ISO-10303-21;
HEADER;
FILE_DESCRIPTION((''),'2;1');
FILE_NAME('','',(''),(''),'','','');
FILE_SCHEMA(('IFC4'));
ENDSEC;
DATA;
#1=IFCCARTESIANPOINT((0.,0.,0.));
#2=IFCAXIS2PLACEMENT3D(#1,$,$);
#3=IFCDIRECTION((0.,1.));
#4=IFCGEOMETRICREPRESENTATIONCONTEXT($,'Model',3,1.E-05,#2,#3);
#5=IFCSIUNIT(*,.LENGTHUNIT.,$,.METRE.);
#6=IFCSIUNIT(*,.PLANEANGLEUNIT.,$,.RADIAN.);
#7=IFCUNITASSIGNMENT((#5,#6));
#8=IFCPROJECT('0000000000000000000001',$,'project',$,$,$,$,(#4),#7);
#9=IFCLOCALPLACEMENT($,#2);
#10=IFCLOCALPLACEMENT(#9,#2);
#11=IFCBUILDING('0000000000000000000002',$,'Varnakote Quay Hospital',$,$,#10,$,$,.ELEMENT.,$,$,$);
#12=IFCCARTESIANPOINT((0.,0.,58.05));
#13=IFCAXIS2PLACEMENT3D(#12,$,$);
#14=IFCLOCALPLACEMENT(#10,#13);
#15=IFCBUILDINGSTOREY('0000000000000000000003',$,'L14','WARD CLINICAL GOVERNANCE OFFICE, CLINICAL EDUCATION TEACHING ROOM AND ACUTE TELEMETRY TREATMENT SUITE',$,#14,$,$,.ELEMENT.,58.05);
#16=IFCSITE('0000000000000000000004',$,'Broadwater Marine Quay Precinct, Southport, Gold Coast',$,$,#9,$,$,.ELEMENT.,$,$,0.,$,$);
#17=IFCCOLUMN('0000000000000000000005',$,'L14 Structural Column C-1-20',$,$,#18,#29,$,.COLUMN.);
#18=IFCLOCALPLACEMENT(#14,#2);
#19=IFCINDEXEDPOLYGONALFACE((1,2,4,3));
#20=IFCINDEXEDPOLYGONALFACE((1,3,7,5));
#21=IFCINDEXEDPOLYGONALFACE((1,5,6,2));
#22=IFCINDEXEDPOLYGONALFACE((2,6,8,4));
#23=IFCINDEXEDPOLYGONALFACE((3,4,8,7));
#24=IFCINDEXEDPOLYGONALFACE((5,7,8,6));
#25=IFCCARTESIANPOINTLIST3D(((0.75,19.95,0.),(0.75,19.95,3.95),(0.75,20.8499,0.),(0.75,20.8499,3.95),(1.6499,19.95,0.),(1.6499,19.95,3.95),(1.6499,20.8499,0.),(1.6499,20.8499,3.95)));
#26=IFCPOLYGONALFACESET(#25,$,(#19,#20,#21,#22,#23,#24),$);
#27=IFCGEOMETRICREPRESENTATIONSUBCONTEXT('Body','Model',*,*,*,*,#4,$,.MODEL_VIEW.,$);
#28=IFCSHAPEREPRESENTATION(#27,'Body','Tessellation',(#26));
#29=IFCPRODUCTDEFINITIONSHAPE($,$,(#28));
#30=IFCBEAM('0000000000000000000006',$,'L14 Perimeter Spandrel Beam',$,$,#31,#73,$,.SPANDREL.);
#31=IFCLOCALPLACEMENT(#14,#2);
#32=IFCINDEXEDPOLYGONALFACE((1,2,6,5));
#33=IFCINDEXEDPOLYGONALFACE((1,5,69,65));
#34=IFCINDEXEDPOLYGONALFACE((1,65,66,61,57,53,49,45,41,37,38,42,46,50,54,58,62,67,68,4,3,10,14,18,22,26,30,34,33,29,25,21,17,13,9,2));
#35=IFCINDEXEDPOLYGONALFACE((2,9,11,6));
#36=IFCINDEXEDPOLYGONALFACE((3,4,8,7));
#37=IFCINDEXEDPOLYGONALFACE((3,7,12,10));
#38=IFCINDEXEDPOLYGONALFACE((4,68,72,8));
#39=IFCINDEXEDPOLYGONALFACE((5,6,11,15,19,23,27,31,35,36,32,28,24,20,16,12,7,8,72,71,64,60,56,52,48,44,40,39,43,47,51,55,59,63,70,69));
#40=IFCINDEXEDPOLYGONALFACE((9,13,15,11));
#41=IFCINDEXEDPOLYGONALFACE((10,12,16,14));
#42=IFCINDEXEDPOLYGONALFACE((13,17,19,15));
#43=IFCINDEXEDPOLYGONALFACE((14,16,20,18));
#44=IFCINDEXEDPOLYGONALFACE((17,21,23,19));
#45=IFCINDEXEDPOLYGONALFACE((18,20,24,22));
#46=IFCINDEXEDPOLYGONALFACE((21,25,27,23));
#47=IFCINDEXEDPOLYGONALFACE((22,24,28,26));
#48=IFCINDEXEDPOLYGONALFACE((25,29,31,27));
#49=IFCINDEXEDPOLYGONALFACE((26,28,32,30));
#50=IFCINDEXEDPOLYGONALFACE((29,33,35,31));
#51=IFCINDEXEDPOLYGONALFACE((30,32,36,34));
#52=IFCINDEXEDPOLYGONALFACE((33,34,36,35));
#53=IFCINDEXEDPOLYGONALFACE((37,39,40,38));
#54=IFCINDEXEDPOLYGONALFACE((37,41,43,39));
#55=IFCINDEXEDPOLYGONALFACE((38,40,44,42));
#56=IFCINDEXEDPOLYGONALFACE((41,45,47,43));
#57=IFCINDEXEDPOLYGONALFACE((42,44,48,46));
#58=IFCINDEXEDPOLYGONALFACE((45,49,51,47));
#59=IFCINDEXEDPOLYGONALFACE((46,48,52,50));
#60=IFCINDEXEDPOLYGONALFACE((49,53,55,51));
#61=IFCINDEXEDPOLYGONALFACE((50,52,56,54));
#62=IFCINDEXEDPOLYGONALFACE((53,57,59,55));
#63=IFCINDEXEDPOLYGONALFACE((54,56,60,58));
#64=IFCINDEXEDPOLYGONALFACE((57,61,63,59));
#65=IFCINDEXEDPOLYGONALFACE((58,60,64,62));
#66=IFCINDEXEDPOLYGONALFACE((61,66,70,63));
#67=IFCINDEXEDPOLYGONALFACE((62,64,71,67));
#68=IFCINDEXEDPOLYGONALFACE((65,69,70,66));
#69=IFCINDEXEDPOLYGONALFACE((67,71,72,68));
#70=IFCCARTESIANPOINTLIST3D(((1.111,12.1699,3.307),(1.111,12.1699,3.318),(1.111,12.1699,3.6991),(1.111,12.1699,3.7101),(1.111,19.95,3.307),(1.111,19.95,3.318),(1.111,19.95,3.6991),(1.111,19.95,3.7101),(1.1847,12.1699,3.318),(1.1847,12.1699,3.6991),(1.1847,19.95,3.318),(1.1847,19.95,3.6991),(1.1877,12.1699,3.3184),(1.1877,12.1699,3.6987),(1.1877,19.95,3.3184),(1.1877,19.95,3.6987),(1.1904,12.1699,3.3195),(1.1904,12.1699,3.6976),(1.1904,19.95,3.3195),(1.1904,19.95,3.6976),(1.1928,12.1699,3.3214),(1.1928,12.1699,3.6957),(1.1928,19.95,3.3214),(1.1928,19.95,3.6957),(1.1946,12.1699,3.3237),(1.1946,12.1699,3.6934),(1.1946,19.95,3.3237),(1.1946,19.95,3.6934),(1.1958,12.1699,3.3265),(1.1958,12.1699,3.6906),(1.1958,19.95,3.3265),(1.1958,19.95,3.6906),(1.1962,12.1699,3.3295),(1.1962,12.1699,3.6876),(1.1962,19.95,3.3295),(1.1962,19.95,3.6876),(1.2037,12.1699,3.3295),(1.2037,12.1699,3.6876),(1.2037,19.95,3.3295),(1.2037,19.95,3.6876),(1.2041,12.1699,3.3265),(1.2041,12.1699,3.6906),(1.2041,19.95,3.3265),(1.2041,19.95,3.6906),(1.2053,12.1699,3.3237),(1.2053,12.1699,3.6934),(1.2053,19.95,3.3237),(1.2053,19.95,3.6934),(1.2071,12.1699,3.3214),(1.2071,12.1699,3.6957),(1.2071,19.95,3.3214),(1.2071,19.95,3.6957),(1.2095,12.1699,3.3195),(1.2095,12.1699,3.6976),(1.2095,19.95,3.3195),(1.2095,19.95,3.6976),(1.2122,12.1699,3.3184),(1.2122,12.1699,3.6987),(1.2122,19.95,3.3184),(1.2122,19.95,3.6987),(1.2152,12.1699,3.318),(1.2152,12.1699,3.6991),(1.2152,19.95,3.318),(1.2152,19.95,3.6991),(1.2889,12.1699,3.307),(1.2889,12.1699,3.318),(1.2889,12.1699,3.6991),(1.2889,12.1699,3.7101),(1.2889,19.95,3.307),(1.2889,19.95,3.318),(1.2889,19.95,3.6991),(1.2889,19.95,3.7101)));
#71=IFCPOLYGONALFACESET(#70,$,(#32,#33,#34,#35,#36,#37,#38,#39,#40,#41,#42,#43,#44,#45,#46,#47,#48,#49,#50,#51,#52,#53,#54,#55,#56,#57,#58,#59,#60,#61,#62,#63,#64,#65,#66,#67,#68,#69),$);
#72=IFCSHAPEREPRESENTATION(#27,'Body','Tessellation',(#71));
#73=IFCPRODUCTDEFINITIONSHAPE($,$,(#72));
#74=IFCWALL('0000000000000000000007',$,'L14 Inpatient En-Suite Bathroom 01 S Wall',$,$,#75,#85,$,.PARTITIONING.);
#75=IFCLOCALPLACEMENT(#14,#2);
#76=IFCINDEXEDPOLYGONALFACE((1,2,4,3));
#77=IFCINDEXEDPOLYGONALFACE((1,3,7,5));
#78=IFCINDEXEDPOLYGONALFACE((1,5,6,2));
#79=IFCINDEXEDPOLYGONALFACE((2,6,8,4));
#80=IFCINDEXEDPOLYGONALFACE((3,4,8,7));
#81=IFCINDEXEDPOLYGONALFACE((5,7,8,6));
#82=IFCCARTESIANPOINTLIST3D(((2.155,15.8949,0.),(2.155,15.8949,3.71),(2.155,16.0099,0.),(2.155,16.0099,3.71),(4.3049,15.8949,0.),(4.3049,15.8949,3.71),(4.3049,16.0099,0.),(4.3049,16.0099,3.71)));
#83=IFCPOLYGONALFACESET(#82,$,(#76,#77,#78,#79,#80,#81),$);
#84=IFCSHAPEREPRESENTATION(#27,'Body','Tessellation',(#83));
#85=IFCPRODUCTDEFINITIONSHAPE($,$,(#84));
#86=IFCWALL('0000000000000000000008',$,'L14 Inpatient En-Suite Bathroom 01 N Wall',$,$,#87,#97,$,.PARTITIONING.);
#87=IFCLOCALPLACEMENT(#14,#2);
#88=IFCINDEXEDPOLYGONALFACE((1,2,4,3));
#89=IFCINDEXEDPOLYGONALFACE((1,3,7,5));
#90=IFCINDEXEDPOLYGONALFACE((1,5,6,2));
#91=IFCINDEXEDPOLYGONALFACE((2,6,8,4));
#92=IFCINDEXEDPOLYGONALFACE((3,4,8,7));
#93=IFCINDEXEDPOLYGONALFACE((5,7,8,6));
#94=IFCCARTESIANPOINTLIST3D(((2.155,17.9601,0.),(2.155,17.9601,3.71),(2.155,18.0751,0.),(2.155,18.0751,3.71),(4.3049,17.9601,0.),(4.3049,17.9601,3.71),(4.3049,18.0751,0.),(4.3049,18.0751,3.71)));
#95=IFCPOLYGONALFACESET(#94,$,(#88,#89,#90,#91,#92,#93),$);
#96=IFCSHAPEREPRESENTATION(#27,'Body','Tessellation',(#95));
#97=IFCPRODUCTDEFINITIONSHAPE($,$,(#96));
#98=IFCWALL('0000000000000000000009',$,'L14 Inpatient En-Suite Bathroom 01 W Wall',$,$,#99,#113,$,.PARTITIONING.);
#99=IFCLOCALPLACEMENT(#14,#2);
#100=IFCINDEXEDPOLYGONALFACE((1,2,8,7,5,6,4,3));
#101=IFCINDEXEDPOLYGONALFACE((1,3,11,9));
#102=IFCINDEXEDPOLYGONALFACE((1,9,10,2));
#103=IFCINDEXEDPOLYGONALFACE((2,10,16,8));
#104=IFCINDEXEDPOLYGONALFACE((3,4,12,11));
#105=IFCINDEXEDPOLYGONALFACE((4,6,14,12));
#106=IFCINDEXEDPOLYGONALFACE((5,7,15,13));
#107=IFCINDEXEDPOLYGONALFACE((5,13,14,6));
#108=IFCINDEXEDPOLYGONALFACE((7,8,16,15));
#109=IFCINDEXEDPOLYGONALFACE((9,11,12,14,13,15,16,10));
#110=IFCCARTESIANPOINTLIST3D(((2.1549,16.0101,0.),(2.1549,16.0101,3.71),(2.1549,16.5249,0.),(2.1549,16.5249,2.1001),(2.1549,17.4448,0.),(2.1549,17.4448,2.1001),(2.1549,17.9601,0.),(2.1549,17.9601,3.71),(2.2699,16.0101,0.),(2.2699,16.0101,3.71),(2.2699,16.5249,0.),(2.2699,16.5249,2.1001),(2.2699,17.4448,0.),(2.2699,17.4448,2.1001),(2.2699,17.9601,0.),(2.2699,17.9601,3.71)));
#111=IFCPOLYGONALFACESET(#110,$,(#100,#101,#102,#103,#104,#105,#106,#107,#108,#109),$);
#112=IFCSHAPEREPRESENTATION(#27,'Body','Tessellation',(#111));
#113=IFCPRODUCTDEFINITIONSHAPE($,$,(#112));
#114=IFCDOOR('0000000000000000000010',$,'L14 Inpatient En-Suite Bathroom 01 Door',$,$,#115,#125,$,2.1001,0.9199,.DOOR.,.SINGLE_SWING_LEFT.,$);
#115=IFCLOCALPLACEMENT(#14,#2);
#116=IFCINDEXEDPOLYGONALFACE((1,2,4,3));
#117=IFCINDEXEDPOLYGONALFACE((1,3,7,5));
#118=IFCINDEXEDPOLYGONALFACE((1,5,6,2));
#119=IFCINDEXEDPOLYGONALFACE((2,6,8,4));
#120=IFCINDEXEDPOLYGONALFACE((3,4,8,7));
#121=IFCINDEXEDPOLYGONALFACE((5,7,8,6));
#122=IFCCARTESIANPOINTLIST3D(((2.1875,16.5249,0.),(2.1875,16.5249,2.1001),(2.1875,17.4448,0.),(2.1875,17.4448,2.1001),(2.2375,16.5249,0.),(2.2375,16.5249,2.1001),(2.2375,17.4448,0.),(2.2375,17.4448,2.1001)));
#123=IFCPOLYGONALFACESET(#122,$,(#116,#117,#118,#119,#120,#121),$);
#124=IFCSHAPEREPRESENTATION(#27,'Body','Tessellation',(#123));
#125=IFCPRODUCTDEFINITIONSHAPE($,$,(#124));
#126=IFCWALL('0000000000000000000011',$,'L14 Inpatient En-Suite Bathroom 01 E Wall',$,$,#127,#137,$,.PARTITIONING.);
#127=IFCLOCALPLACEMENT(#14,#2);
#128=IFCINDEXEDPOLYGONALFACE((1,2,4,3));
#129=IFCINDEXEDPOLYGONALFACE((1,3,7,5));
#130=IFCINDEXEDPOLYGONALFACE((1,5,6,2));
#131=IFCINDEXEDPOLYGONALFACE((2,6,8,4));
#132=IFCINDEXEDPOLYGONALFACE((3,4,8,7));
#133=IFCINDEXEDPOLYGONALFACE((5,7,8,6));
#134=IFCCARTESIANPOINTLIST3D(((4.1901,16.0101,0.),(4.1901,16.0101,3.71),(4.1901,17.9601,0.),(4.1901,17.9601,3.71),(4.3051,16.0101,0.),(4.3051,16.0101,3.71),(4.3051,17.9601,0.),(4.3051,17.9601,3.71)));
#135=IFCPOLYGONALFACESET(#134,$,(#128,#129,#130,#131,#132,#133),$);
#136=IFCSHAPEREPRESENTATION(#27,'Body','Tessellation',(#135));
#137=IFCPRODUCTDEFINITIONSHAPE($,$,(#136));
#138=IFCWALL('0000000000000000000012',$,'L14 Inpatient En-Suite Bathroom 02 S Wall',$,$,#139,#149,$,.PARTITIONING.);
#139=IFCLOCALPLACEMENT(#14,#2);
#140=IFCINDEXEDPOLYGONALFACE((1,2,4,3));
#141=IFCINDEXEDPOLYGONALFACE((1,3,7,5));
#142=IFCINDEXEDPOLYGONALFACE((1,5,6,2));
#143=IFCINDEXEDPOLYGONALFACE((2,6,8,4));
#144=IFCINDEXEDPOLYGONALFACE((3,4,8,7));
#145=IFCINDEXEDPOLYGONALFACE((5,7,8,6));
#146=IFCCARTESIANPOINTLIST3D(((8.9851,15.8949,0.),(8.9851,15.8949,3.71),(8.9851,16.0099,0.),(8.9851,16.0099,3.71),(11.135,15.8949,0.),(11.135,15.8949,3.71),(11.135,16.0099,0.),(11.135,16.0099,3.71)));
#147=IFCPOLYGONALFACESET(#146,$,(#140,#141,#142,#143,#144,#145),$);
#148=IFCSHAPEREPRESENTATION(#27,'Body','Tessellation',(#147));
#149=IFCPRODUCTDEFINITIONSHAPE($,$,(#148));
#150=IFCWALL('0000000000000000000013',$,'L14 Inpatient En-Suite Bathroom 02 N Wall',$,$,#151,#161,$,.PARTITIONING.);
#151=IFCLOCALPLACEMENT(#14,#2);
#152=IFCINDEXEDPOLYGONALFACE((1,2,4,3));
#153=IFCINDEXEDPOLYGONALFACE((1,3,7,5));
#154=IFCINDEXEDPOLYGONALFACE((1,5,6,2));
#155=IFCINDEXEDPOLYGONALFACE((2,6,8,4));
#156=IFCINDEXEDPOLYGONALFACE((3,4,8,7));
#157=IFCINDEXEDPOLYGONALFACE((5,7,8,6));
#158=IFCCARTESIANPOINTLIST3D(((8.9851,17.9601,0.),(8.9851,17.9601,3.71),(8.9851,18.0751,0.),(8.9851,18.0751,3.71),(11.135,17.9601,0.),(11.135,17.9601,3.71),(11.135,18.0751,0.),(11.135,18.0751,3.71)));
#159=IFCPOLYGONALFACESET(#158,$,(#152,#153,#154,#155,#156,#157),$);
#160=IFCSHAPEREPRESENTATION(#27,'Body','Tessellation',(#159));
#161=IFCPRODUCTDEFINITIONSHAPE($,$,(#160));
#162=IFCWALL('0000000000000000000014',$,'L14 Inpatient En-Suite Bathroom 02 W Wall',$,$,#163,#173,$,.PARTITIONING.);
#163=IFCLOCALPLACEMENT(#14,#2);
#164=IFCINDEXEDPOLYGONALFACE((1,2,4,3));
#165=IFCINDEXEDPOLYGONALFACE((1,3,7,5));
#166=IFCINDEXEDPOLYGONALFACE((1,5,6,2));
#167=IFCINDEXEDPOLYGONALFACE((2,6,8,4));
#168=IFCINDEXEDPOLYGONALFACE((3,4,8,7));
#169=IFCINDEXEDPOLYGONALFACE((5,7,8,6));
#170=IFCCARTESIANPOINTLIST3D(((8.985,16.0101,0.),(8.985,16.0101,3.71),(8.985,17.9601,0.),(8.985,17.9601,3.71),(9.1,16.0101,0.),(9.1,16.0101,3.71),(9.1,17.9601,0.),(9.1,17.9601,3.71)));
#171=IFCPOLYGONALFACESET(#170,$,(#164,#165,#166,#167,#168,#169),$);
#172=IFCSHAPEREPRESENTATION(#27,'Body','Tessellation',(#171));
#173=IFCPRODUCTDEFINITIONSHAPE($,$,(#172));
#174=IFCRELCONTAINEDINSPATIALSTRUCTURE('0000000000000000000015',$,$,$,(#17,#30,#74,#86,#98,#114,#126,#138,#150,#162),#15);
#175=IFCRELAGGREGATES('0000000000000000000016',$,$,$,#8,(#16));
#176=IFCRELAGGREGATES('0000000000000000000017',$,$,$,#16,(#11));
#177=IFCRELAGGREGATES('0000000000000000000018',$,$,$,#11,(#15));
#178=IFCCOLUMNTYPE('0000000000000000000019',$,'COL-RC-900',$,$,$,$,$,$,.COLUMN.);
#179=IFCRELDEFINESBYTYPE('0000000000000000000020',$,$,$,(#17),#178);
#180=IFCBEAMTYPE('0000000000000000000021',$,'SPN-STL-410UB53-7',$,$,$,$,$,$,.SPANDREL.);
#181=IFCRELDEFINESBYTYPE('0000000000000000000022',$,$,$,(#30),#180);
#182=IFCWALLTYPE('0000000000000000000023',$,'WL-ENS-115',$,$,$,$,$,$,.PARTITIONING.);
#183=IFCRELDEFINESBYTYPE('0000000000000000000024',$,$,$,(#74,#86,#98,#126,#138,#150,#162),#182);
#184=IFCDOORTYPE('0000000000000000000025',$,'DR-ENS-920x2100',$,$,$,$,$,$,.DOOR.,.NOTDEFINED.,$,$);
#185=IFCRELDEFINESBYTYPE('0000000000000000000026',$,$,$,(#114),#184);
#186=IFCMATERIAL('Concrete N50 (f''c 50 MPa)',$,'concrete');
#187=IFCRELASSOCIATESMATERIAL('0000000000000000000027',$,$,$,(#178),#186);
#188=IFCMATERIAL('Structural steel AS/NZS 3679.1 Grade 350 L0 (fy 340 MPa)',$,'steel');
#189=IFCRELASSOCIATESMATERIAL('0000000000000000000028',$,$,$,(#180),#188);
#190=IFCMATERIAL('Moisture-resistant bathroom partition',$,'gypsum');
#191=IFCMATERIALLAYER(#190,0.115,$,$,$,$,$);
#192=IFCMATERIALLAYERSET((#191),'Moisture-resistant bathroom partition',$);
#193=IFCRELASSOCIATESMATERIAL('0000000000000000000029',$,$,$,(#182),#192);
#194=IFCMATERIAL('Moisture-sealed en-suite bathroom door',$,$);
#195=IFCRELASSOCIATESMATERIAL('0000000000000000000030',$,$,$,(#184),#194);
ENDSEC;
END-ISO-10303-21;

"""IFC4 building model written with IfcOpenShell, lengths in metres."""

from ifc_helpers import new_model, si_unit, direction, frame, frame_2d, origin, origin_2d, place, context, subcontext, project, spatial, rectangle, i_section, extrude, material, layer, layer_set, material_profile, profile_set, type_object, element, fill, save


model = new_model("IFC4")

# Units and contexts
model_context = context("Model", 3, precision=1e-05, world=origin(), true_north=direction((0.0, 1.0)))
body_context = subcontext(model_context, "Body", "Model", "MODEL_VIEW")
ifc_project = project(units=[si_unit("LENGTHUNIT", "METRE"), si_unit("PLANEANGLEUNIT", "RADIAN")], contexts=[model_context])

# Site, building, storey
site_placement = place(None, origin())
site = spatial("IfcSite", under=ifc_project, at=site_placement, Name="Broadwater Marine Quay Precinct, Southport, Gold Coast", CompositionType="ELEMENT", RefElevation=0.0)
building_placement = place(site_placement, origin())
building = spatial("IfcBuilding", under=site, at=building_placement, Name="Varnakote Quay Hospital", CompositionType="ELEMENT")
storey_placement = place(building_placement, frame((0.0, 0.0, 58.05)))
storey = spatial("IfcBuildingStorey", under=building, at=storey_placement, Name="L14", Description="WARD CLINICAL GOVERNANCE OFFICE, CLINICAL EDUCATION TEACHING ROOM AND ACUTE TELEMETRY TREATMENT SUITE", CompositionType="ELEMENT", Elevation=58.05)

# Column
ifc_material_1 = material(Name="Concrete N50 (f'c 50 MPa)", Category="concrete")
ifc_material_profile_1 = material_profile(ifc_material_1, rectangle(XDim=0.8999, YDim=0.8999, at=origin_2d()), Name="RC-COL-900x900")
ifc_profile_set_1 = profile_set([ifc_material_profile_1], Name="Concrete N50 (f'c 50 MPa)")
column_type = type_object("IfcColumnType", Name="COL-RC-900", PredefinedType="COLUMN", material=ifc_profile_set_1)
column_placement = place(storey_placement, frame((1.2, 20.3999, 0.0), z_axis=(0.0, 0.0, 1.0), x_axis=(1.0, 0.0, 0.0)))
element("IfcColumn", 1, at=column_placement, inside=storey, type_object=column_type, Name="L14 Structural Column C-1-20", PredefinedType="COLUMN", context=body_context, shape_type="SweptSolid", body=[
    extrude(rectangle(XDim=0.8999, YDim=0.8999, at=origin_2d()), origin(), (0.0, 0.0, 1.0), 3.95),
])

# Beam
ifc_material_2 = material(Name="Structural steel AS/NZS 3679.1 Grade 350 L0 (fy 340 MPa)", Category="steel")
ifc_material_profile_2 = material_profile(ifc_material_2, i_section(OverallWidth=0.178, OverallDepth=0.4031, WebThickness=0.0076, FlangeThickness=0.011, FilletRadius=0.0115, at=origin_2d()), Name="410UB53.7")
ifc_profile_set_2 = profile_set([ifc_material_profile_2], Name="Structural steel AS/NZS 3679.1 Grade 350 L0 (fy 340 MPa)")
beam_type = type_object("IfcBeamType", Name="SPN-STL-410UB53-7", PredefinedType="SPANDREL", material=ifc_profile_set_2)
beam_placement = place(storey_placement, frame((1.2, 12.1699, 3.5085), z_axis=(0.0, 1.0, 0.0), x_axis=(-1.0, 0.0, 0.0)))
element("IfcBeam", 2, at=beam_placement, inside=storey, type_object=beam_type, Name="L14 Perimeter Spandrel Beam", PredefinedType="SPANDREL", context=body_context, shape_type="SweptSolid", body=[
    extrude(i_section(OverallWidth=0.178, OverallDepth=0.4031, WebThickness=0.0076, FlangeThickness=0.011, FilletRadius=0.0115, at=origin_2d()), origin(), (0.0, 0.0, 1.0), 7.78),
])

# Walls
ifc_material_3 = material(Name="Moisture-resistant bathroom partition", Category="gypsum")
ifc_layer_1 = layer(ifc_material_3, 0.115)
ifc_layer_set_1 = layer_set([ifc_layer_1], Name="Moisture-resistant bathroom partition")
wall_type_1 = type_object("IfcWallType", Name="WL-ENS-115", PredefinedType="PARTITIONING", material=ifc_layer_set_1)
for number, where, z_axis, x_axis, name in (
    (3, (2.155, 15.9524, 0.0), (0.0, 0.0, 1.0), (1.0, 0.0, 0.0), "L14 Inpatient En-Suite Bathroom 01 S Wall"),
    (4, (2.155, 18.0176, 0.0), (0.0, 0.0, 1.0), (1.0, 0.0, 0.0), "L14 Inpatient En-Suite Bathroom 01 N Wall"),
):
    element("IfcWall", number, at=place(storey_placement, frame(where, z_axis=z_axis, x_axis=x_axis)), inside=storey, type_object=wall_type_1, Name=name, PredefinedType="PARTITIONING", context=body_context, shape_type="SweptSolid", body=[
        extrude(rectangle(XDim=2.1499, YDim=0.115, at=frame_2d((1.075, 0.0))), origin(), (0.0, 0.0, 1.0), 3.71),
    ])

# Wall, opening, door
wall_1_placement = place(storey_placement, frame((2.2124, 16.01, 0.0), z_axis=(0.0, 0.0, 1.0), x_axis=(0.0, 1.0, 0.0)))
wall_1 = element("IfcWall", 5, at=wall_1_placement, inside=storey, type_object=wall_type_1, Name="L14 Inpatient En-Suite Bathroom 01 W Wall", PredefinedType="PARTITIONING", context=body_context, shape_type="SweptSolid", body=[
    extrude(rectangle(XDim=1.95, YDim=0.115, at=frame_2d((0.9751, 0.0))), origin(), (0.0, 0.0, 1.0), 3.71),
])
opening_1_placement = place(wall_1_placement, frame((0.5149, 0.0, 0.0)))
opening_1 = element("IfcOpeningElement", 6, at=opening_1_placement, cuts=wall_1, PredefinedType="OPENING", context=body_context, shape_type="SweptSolid", body=[
    extrude(rectangle(XDim=0.9199, YDim=2.1001, at=frame_2d((0.46, 1.05))), frame((0.0, 0.0674, 0.0), z_axis=(0.0, -1.0, 0.0), x_axis=(1.0, 0.0, 0.0)), (0.0, 0.0, 1.0), 0.135),
])
ifc_material_4 = material(Name="Moisture-sealed en-suite bathroom door")
door_type_1 = type_object("IfcDoorType", Name="DR-ENS-920x2100", OperationType="NOTDEFINED", PredefinedType="DOOR", material=ifc_material_4)
door_1_placement = place(opening_1_placement, origin())
door_1 = element("IfcDoor", 7, at=door_1_placement, inside=storey, type_object=door_type_1, Name="L14 Inpatient En-Suite Bathroom 01 Door", OperationType="SINGLE_SWING_LEFT", OverallHeight=2.1001, OverallWidth=0.9199, PredefinedType="DOOR", context=body_context, shape_type="SweptSolid", body=[
    extrude(rectangle(XDim=0.9199, YDim=2.1001, at=frame_2d((0.46, 1.05))), frame((0.0, 0.0249, 0.0), z_axis=(0.0, -1.0, 0.0), x_axis=(1.0, 0.0, 0.0)), (0.0, 0.0, 1.0), 0.05),
])
fill(opening_1, door_1)

# Walls
wall_2_placement = place(storey_placement, frame((4.2476, 16.01, 0.0), z_axis=(0.0, 0.0, 1.0), x_axis=(0.0, 1.0, 0.0)))
element("IfcWall", 8, at=wall_2_placement, inside=storey, type_object=wall_type_1, Name="L14 Inpatient En-Suite Bathroom 01 E Wall", PredefinedType="PARTITIONING", context=body_context, shape_type="SweptSolid", body=[
    extrude(rectangle(XDim=1.95, YDim=0.115, at=frame_2d((0.9751, 0.0))), origin(), (0.0, 0.0, 1.0), 3.71),
])
for number, where, z_axis, x_axis, name in (
    (9, (8.9851, 15.9524, 0.0), (0.0, 0.0, 1.0), (1.0, 0.0, 0.0), "L14 Inpatient En-Suite Bathroom 02 S Wall"),
    (10, (8.9851, 18.0176, 0.0), (0.0, 0.0, 1.0), (1.0, 0.0, 0.0), "L14 Inpatient En-Suite Bathroom 02 N Wall"),
):
    element("IfcWall", number, at=place(storey_placement, frame(where, z_axis=z_axis, x_axis=x_axis)), inside=storey, type_object=wall_type_1, Name=name, PredefinedType="PARTITIONING", context=body_context, shape_type="SweptSolid", body=[
        extrude(rectangle(XDim=2.1499, YDim=0.115, at=frame_2d((1.075, 0.0))), origin(), (0.0, 0.0, 1.0), 3.71),
    ])
wall_3_placement = place(storey_placement, frame((9.0425, 16.01, 0.0), z_axis=(0.0, 0.0, 1.0), x_axis=(0.0, 1.0, 0.0)))
element("IfcWall", 11, at=wall_3_placement, inside=storey, type_object=wall_type_1, Name="L14 Inpatient En-Suite Bathroom 02 W Wall", PredefinedType="PARTITIONING", context=body_context, shape_type="SweptSolid", body=[
    extrude(rectangle(XDim=1.95, YDim=0.115, at=frame_2d((0.9751, 0.0))), origin(), (0.0, 0.0, 1.0), 3.71),
])

save(model, "model.ifc")
